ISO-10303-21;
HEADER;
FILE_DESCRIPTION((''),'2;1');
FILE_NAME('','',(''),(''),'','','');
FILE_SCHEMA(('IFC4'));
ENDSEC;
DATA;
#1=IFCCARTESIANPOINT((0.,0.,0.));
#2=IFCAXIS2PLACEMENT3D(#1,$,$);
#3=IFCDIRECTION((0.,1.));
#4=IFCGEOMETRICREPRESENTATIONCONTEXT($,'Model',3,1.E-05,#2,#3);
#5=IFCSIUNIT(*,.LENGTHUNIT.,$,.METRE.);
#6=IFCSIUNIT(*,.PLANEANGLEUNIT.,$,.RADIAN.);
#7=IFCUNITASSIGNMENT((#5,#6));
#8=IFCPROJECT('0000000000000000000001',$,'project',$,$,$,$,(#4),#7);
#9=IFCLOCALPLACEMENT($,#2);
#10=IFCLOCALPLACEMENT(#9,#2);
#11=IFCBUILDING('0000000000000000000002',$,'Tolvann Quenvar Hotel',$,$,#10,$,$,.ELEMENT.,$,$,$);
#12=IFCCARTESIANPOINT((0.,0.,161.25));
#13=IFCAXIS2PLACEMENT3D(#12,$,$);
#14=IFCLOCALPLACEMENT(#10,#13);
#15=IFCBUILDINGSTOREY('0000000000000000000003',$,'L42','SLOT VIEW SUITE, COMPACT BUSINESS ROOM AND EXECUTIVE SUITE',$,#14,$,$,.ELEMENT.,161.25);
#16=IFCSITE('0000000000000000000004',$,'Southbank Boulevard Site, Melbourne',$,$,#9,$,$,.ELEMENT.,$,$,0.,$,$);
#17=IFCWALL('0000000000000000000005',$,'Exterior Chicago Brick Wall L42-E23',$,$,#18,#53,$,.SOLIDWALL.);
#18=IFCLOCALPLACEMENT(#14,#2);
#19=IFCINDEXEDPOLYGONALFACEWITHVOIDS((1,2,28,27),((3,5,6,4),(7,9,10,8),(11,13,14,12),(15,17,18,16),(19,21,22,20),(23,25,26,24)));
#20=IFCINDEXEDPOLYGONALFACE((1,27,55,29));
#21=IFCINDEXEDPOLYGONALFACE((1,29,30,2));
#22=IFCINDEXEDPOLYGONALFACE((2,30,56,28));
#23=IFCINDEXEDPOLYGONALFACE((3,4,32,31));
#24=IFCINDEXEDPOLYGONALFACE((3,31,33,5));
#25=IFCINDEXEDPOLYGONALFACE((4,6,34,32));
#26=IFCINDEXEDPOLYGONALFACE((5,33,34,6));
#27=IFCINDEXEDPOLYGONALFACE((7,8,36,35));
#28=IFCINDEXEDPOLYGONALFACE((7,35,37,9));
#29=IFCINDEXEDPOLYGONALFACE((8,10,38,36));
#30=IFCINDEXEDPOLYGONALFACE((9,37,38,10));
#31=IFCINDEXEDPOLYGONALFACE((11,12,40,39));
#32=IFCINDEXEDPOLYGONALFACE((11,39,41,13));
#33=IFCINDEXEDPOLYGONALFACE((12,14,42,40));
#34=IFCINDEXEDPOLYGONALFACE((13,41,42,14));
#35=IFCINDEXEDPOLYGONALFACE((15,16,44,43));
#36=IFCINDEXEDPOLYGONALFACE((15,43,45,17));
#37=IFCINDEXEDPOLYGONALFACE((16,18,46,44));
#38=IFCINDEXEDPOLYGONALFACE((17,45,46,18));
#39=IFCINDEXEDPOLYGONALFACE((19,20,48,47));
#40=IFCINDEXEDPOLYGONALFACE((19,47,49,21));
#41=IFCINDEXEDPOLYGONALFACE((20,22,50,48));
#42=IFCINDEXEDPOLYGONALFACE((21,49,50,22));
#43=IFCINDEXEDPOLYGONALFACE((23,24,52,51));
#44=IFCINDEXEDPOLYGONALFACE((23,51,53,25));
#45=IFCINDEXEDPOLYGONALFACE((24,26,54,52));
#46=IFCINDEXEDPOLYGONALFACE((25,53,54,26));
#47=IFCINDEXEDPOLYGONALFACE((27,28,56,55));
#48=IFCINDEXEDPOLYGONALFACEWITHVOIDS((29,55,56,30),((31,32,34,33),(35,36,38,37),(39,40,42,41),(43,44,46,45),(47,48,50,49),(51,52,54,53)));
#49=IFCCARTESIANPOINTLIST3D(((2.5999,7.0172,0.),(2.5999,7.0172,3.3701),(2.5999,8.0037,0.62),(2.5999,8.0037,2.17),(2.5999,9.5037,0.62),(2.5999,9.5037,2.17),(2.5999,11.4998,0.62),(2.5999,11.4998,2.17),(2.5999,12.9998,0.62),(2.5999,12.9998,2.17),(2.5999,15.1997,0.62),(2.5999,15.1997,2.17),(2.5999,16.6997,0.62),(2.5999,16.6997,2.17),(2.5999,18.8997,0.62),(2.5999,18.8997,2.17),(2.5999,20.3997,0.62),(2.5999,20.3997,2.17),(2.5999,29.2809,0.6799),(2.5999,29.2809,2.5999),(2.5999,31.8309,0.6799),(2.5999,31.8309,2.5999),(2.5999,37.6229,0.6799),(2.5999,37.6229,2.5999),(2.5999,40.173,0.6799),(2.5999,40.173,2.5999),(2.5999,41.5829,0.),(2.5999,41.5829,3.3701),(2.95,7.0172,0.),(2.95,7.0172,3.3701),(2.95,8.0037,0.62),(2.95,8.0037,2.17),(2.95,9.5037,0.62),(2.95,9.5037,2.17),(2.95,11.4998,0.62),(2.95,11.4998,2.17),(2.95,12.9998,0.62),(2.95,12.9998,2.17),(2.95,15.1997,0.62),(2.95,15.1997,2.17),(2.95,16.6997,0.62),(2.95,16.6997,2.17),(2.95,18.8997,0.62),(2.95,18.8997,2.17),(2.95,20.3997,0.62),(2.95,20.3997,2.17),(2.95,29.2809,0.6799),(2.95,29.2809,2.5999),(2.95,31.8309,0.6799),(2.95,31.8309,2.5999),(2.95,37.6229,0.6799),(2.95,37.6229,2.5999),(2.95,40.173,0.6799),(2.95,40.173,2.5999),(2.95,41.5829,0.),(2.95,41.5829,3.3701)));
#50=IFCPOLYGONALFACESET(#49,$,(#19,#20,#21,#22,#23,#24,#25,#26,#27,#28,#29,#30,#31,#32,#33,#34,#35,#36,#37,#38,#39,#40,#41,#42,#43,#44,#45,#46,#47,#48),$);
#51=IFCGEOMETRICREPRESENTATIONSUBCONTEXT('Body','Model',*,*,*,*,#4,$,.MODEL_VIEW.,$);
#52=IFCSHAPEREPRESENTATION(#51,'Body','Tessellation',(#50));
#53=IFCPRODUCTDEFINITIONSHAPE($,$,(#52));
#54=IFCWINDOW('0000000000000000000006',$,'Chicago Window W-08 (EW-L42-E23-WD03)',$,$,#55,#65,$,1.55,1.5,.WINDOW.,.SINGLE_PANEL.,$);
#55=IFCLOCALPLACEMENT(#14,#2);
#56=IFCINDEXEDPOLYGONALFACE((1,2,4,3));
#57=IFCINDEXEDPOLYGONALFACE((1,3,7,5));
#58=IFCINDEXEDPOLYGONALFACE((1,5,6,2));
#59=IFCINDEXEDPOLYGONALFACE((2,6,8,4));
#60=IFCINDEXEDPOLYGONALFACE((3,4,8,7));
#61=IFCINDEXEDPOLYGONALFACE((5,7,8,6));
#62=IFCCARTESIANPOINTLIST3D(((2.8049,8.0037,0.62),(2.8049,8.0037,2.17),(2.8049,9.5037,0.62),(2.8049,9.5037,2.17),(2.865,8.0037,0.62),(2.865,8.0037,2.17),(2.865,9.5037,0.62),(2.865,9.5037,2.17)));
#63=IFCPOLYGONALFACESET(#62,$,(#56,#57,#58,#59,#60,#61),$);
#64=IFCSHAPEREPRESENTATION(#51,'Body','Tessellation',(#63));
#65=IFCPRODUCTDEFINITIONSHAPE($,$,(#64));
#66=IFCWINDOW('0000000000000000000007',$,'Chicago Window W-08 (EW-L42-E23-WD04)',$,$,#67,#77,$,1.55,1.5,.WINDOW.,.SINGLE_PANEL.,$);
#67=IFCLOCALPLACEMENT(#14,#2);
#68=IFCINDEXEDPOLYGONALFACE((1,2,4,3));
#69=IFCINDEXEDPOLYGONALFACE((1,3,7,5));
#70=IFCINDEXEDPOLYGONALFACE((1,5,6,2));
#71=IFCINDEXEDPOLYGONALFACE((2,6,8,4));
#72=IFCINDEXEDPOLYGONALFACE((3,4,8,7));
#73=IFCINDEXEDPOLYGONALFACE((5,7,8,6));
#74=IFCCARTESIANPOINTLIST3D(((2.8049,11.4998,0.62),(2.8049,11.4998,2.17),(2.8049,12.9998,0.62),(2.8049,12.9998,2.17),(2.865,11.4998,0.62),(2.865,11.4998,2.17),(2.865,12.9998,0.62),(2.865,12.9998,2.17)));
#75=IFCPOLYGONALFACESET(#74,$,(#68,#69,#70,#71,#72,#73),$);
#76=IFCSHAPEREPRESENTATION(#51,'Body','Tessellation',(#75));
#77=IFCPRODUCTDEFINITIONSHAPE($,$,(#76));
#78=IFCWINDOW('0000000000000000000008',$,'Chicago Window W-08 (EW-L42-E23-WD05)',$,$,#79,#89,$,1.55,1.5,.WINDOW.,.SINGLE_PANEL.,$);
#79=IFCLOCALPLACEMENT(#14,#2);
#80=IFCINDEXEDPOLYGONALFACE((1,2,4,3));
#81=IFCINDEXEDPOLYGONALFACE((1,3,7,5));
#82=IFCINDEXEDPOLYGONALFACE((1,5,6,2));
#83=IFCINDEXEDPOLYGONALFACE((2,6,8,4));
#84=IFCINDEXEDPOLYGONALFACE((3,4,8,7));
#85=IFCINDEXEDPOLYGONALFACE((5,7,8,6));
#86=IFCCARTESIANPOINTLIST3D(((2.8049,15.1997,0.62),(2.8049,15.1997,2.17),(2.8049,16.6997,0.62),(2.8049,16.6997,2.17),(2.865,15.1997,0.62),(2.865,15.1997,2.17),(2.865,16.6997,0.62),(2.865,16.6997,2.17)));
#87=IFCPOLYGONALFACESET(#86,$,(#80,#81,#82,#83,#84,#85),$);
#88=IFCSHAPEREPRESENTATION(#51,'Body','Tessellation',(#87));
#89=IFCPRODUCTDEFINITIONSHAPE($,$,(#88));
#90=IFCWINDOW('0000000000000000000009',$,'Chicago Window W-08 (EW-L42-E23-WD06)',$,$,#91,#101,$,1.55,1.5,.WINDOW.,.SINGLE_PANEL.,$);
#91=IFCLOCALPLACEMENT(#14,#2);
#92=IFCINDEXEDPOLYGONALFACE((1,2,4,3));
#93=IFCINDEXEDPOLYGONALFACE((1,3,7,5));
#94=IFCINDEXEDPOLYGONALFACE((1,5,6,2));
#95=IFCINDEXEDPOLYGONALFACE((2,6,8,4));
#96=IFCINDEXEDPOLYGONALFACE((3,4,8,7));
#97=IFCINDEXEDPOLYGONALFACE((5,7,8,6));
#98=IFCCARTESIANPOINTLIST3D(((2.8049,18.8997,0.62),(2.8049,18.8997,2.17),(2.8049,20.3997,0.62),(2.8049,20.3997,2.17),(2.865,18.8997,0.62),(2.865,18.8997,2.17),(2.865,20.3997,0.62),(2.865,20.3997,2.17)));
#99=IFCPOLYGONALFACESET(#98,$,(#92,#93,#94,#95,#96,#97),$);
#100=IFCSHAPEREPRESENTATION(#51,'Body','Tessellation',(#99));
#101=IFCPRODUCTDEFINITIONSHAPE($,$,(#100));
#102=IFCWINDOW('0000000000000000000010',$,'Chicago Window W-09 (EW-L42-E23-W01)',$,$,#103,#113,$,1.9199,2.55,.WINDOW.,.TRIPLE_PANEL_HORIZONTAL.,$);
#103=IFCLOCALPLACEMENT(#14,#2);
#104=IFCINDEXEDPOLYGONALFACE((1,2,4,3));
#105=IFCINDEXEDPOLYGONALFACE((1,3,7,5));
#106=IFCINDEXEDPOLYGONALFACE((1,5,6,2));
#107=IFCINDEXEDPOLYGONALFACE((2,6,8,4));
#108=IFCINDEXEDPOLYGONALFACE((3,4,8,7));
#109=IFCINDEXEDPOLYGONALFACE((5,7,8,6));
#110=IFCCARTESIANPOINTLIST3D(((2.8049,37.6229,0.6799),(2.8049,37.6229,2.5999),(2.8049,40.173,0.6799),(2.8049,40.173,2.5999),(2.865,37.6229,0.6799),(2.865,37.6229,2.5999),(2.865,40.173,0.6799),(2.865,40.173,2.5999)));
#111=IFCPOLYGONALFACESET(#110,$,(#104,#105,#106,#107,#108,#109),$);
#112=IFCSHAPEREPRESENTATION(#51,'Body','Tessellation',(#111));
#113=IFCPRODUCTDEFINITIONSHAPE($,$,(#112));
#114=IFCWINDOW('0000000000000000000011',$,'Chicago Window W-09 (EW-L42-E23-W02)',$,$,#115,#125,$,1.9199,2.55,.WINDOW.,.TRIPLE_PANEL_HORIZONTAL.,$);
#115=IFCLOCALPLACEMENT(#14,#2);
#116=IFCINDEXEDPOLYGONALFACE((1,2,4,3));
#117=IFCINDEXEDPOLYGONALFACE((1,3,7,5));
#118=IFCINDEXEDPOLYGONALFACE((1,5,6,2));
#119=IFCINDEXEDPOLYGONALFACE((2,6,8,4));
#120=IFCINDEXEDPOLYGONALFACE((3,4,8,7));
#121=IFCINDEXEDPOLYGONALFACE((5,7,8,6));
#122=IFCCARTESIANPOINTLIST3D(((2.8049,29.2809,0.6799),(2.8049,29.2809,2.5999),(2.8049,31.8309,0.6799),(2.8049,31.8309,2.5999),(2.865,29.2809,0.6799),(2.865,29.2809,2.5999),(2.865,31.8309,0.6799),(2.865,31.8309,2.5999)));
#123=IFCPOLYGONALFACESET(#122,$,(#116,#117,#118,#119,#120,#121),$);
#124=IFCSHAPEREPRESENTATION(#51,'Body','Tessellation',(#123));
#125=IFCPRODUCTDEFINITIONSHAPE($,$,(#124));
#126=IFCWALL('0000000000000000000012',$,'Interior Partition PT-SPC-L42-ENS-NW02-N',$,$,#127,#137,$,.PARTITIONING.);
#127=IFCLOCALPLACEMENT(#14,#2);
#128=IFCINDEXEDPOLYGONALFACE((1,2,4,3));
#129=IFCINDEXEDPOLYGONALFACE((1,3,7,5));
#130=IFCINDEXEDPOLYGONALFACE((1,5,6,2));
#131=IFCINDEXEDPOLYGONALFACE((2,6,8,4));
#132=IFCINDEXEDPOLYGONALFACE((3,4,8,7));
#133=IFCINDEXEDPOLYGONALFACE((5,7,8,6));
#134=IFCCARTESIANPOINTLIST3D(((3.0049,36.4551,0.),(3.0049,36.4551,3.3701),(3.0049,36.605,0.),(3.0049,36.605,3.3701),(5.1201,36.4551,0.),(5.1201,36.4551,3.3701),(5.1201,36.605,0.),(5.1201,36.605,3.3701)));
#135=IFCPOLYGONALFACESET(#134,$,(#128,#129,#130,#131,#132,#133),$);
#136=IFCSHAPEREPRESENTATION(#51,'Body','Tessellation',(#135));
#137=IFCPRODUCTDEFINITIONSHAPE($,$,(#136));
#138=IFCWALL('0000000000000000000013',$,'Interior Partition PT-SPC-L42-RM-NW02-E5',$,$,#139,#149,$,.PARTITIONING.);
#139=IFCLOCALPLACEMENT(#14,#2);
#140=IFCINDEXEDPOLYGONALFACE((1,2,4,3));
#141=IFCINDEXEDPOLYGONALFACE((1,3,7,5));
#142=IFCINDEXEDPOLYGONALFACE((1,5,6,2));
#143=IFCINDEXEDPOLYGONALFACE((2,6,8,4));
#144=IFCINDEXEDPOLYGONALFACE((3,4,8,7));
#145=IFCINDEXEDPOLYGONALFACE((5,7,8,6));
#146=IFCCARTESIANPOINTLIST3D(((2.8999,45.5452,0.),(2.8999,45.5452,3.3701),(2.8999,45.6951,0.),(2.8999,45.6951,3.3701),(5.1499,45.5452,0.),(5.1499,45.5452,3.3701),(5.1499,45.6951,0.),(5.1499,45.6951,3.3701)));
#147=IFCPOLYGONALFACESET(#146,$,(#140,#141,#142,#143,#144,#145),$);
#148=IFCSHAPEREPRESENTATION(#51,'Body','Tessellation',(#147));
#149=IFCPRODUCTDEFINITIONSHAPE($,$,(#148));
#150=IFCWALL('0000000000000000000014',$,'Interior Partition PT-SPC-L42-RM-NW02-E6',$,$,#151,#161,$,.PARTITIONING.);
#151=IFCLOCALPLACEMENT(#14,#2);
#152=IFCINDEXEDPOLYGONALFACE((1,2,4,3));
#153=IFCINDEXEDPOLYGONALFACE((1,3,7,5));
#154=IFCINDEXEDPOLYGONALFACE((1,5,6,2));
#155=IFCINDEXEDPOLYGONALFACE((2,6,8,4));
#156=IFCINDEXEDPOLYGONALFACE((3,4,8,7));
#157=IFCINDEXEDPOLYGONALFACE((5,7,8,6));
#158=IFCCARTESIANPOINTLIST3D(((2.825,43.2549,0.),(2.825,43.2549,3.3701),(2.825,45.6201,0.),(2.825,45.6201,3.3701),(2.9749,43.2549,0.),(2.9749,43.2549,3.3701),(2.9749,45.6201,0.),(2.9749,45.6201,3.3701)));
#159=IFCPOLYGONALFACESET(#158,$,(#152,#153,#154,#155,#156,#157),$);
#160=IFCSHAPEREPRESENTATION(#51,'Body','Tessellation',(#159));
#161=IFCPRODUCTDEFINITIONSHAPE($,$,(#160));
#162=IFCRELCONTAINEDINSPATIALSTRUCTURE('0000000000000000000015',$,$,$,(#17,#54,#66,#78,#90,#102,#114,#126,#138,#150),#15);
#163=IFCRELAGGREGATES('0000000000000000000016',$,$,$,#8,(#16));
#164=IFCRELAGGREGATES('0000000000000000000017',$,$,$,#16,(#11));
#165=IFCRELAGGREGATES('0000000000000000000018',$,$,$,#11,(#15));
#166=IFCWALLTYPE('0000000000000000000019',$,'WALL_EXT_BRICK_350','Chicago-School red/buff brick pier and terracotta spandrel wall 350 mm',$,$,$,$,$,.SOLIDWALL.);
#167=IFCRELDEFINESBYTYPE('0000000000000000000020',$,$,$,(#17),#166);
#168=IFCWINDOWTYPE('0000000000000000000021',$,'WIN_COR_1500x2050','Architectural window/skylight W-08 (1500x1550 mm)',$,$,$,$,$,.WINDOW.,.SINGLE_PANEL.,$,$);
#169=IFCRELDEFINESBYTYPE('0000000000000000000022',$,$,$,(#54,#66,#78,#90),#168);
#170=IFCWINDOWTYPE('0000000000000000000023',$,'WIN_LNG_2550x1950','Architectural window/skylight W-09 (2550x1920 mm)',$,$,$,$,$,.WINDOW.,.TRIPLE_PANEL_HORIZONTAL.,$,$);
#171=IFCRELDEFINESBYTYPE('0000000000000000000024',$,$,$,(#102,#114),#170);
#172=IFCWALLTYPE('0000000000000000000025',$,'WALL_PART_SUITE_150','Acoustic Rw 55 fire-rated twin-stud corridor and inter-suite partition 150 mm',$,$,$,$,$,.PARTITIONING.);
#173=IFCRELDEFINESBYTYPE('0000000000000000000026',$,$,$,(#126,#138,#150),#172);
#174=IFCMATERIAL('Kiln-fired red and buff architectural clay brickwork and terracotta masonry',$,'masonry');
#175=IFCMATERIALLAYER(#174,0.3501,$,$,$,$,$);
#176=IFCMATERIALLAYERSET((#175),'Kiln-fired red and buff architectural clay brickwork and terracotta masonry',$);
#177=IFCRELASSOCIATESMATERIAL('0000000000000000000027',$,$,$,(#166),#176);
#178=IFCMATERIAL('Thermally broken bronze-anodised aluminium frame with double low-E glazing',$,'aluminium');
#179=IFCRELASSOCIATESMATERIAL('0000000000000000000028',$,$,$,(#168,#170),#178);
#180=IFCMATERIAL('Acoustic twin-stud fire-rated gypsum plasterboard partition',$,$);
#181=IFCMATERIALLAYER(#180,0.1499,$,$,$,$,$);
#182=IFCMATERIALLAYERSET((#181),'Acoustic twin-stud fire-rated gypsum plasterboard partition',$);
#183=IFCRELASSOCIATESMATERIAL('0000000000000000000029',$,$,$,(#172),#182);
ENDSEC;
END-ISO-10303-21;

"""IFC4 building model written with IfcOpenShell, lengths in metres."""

from ifc_helpers import new_model, si_unit, direction, frame, frame_2d, origin, place, context, subcontext, project, spatial, rectangle, extrude, source, transform, mapped, material, layer, layer_set, type_object, type_shapes, element, fill, save


model = new_model("IFC4")

# Units and contexts
model_context = context("Model", 3, precision=1e-05, world=origin(), true_north=direction((0.0, 1.0)))
body_context = subcontext(model_context, "Body", "Model", "MODEL_VIEW")
ifc_project = project(units=[si_unit("LENGTHUNIT", "METRE"), si_unit("PLANEANGLEUNIT", "RADIAN")], contexts=[model_context])

# Site, building, storey
site_placement = place(None, origin())
site = spatial("IfcSite", under=ifc_project, at=site_placement, Name="Southbank Boulevard Site, Melbourne", CompositionType="ELEMENT", RefElevation=0.0)
building_placement = place(site_placement, origin())
building = spatial("IfcBuilding", under=site, at=building_placement, Name="Tolvann Quenvar Hotel", CompositionType="ELEMENT")
storey_placement = place(building_placement, frame((0.0, 0.0, 161.25)))
storey = spatial("IfcBuildingStorey", under=building, at=storey_placement, Name="L42", Description="SLOT VIEW SUITE, COMPACT BUSINESS ROOM AND EXECUTIVE SUITE", CompositionType="ELEMENT", Elevation=161.25)

# Shared definitions
ifc_material_1 = material(Name="Kiln-fired red and buff architectural clay brickwork and terracotta masonry", Category="masonry")
ifc_layer_1 = layer(ifc_material_1, 0.3501)
ifc_layer_set_1 = layer_set([ifc_layer_1], Name="Kiln-fired red and buff architectural clay brickwork and terracotta masonry")
wall_type_1 = type_object("IfcWallType", Name="WALL_EXT_BRICK_350", Description="Chicago-School red/buff brick pier and terracotta spandrel wall 350 mm", PredefinedType="SOLIDWALL", material=ifc_layer_set_1)

# Wall, openings, windows
wall_1_placement = place(storey_placement, frame((2.7749, 41.5828, 0.0), z_axis=(0.0, 0.0, 1.0), x_axis=(0.0, -1.0, 0.0)))
wall_1 = element("IfcWall", 1, at=wall_1_placement, inside=storey, type_object=wall_type_1, Name="Exterior Chicago Brick Wall L42-E23", PredefinedType="SOLIDWALL", context=body_context, shape_type="SweptSolid", body=[
    extrude(rectangle(XDim=34.5657, YDim=0.3501, at=frame_2d((17.2827, 0.0))), origin(), (0.0, 0.0, 1.0), 3.3701),
])
opening_1_placement = place(wall_1_placement, frame((1.4099, 0.0, 0.6799)))
opening_1 = element("IfcOpeningElement", 2, at=opening_1_placement, cuts=wall_1, PredefinedType="OPENING", context=body_context, shape_type="SweptSolid", body=[
    extrude(rectangle(XDim=2.55, YDim=1.9199, at=frame_2d((1.2749, 0.96))), frame((0.0, 0.1851, 0.0), z_axis=(0.0, -1.0, 0.0), x_axis=(1.0, 0.0, 0.0)), (0.0, 0.0, 1.0), 0.3701),
])
opening_2_placement = place(wall_1_placement, frame((9.752, 0.0, 0.6799)))
opening_2 = element("IfcOpeningElement", 3, at=opening_2_placement, cuts=wall_1, PredefinedType="OPENING", context=body_context, shape_type="SweptSolid", body=[
    extrude(rectangle(XDim=2.55, YDim=1.9199, at=frame_2d((1.2749, 0.96))), frame((0.0, 0.1851, 0.0), z_axis=(0.0, -1.0, 0.0), x_axis=(1.0, 0.0, 0.0)), (0.0, 0.0, 1.0), 0.3701),
])
opening_3_placement = place(wall_1_placement, frame((32.0791, 0.0, 0.6201)))
opening_3 = element("IfcOpeningElement", 4, at=opening_3_placement, cuts=wall_1, PredefinedType="OPENING", context=body_context, shape_type="SweptSolid", body=[
    extrude(rectangle(XDim=1.5, YDim=1.55, at=frame_2d((0.75, 0.7749))), frame((0.0, 0.1851, 0.0), z_axis=(0.0, -1.0, 0.0), x_axis=(1.0, 0.0, 0.0)), (0.0, 0.0, 1.0), 0.3701),
])
opening_4_placement = place(wall_1_placement, frame((28.583, 0.0, 0.6201)))
opening_4 = element("IfcOpeningElement", 5, at=opening_4_placement, cuts=wall_1, PredefinedType="OPENING", context=body_context, shape_type="SweptSolid", body=[
    extrude(rectangle(XDim=1.5, YDim=1.55, at=frame_2d((0.75, 0.7749))), frame((0.0, 0.1851, 0.0), z_axis=(0.0, -1.0, 0.0), x_axis=(1.0, 0.0, 0.0)), (0.0, 0.0, 1.0), 0.3701),
])
opening_5_placement = place(wall_1_placement, frame((24.8831, 0.0, 0.6201)))
opening_5 = element("IfcOpeningElement", 6, at=opening_5_placement, cuts=wall_1, PredefinedType="OPENING", context=body_context, shape_type="SweptSolid", body=[
    extrude(rectangle(XDim=1.5, YDim=1.55, at=frame_2d((0.75, 0.7749))), frame((0.0, 0.1851, 0.0), z_axis=(0.0, -1.0, 0.0), x_axis=(1.0, 0.0, 0.0)), (0.0, 0.0, 1.0), 0.3701),
])
opening_6_placement = place(wall_1_placement, frame((21.1831, 0.0, 0.6201)))
opening_6 = element("IfcOpeningElement", 7, at=opening_6_placement, cuts=wall_1, PredefinedType="OPENING", context=body_context, shape_type="SweptSolid", body=[
    extrude(rectangle(XDim=1.5, YDim=1.55, at=frame_2d((0.75, 0.7749))), frame((0.0, 0.1851, 0.0), z_axis=(0.0, -1.0, 0.0), x_axis=(1.0, 0.0, 0.0)), (0.0, 0.0, 1.0), 0.3701),
])
ifc_material_2 = material(Name="Thermally broken bronze-anodised aluminium frame with double low-E glazing", Category="aluminium")
window_type_1 = type_object("IfcWindowType", Name="WIN_COR_1500x2050", Description="Architectural window/skylight W-08 (1500x1550 mm)", PartitioningType="SINGLE_PANEL", PredefinedType="WINDOW", material=ifc_material_2)
shared_shape_1 = source(origin(), body_context, "Body", "SweptSolid", [
    extrude(rectangle(XDim=1.5, YDim=1.55, at=frame_2d((0.75, 0.7749))), frame((0.0, 0.0901, 0.0), z_axis=(0.0, -1.0, 0.0), x_axis=(1.0, 0.0, 0.0)), (0.0, 0.0, 1.0), 0.0601),
])
type_shapes(window_type_1, [shared_shape_1])
window_1_placement = place(opening_3_placement, origin())
window_1 = element("IfcWindow", 8, at=window_1_placement, inside=storey, type_object=window_type_1, Name="Chicago Window W-08 (EW-L42-E23-WD03)", OverallHeight=1.55, OverallWidth=1.5, PartitioningType="SINGLE_PANEL", PredefinedType="WINDOW", context=body_context, shape_type="MappedRepresentation", body=[
    mapped(shared_shape_1, transform((0.0, 0.0, 0.0), x_axis=(1.0, 0.0, 0.0), y_axis=(0.0, 1.0, 0.0), z_axis=(0.0, 0.0, 1.0), scale=1.0)),
])
fill(opening_3, window_1)
window_2_placement = place(opening_4_placement, origin())
window_2 = element("IfcWindow", 9, at=window_2_placement, inside=storey, type_object=window_type_1, Name="Chicago Window W-08 (EW-L42-E23-WD04)", OverallHeight=1.55, OverallWidth=1.5, PartitioningType="SINGLE_PANEL", PredefinedType="WINDOW", context=body_context, shape_type="MappedRepresentation", body=[
    mapped(shared_shape_1, transform((0.0, 0.0, 0.0), x_axis=(1.0, 0.0, 0.0), y_axis=(0.0, 1.0, 0.0), z_axis=(0.0, 0.0, 1.0), scale=1.0)),
])
fill(opening_4, window_2)
window_3_placement = place(opening_5_placement, origin())
window_3 = element("IfcWindow", 10, at=window_3_placement, inside=storey, type_object=window_type_1, Name="Chicago Window W-08 (EW-L42-E23-WD05)", OverallHeight=1.55, OverallWidth=1.5, PartitioningType="SINGLE_PANEL", PredefinedType="WINDOW", context=body_context, shape_type="MappedRepresentation", body=[
    mapped(shared_shape_1, transform((0.0, 0.0, 0.0), x_axis=(1.0, 0.0, 0.0), y_axis=(0.0, 1.0, 0.0), z_axis=(0.0, 0.0, 1.0), scale=1.0)),
])
fill(opening_5, window_3)
window_4_placement = place(opening_6_placement, origin())
window_4 = element("IfcWindow", 11, at=window_4_placement, inside=storey, type_object=window_type_1, Name="Chicago Window W-08 (EW-L42-E23-WD06)", OverallHeight=1.55, OverallWidth=1.5, PartitioningType="SINGLE_PANEL", PredefinedType="WINDOW", context=body_context, shape_type="MappedRepresentation", body=[
    mapped(shared_shape_1, transform((0.0, 0.0, 0.0), x_axis=(1.0, 0.0, 0.0), y_axis=(0.0, 1.0, 0.0), z_axis=(0.0, 0.0, 1.0), scale=1.0)),
])
fill(opening_6, window_4)
window_type_2 = type_object("IfcWindowType", Name="WIN_LNG_2550x1950", Description="Architectural window/skylight W-09 (2550x1920 mm)", PartitioningType="TRIPLE_PANEL_HORIZONTAL", PredefinedType="WINDOW", material=ifc_material_2)
shared_shape_2 = source(origin(), body_context, "Body", "SweptSolid", [
    extrude(rectangle(XDim=2.55, YDim=1.9199, at=frame_2d((1.2749, 0.96))), frame((0.0, 0.0901, 0.0), z_axis=(0.0, -1.0, 0.0), x_axis=(1.0, 0.0, 0.0)), (0.0, 0.0, 1.0), 0.0601),
])
type_shapes(window_type_2, [shared_shape_2])
window_5_placement = place(opening_1_placement, origin())
window_5 = element("IfcWindow", 12, at=window_5_placement, inside=storey, type_object=window_type_2, Name="Chicago Window W-09 (EW-L42-E23-W01)", OverallHeight=1.9199, OverallWidth=2.55, PartitioningType="TRIPLE_PANEL_HORIZONTAL", PredefinedType="WINDOW", context=body_context, shape_type="MappedRepresentation", body=[
    mapped(shared_shape_2, transform((0.0, 0.0, 0.0), x_axis=(1.0, 0.0, 0.0), y_axis=(0.0, 1.0, 0.0), z_axis=(0.0, 0.0, 1.0), scale=1.0)),
])
fill(opening_1, window_5)
window_6_placement = place(opening_2_placement, origin())
window_6 = element("IfcWindow", 13, at=window_6_placement, inside=storey, type_object=window_type_2, Name="Chicago Window W-09 (EW-L42-E23-W02)", OverallHeight=1.9199, OverallWidth=2.55, PartitioningType="TRIPLE_PANEL_HORIZONTAL", PredefinedType="WINDOW", context=body_context, shape_type="MappedRepresentation", body=[
    mapped(shared_shape_2, transform((0.0, 0.0, 0.0), x_axis=(1.0, 0.0, 0.0), y_axis=(0.0, 1.0, 0.0), z_axis=(0.0, 0.0, 1.0), scale=1.0)),
])
fill(opening_2, window_6)

# Walls
ifc_material_3 = material(Name="Acoustic twin-stud fire-rated gypsum plasterboard partition")
ifc_layer_2 = layer(ifc_material_3, 0.1499)
ifc_layer_set_2 = layer_set([ifc_layer_2], Name="Acoustic twin-stud fire-rated gypsum plasterboard partition")
wall_type_2 = type_object("IfcWallType", Name="WALL_PART_SUITE_150", Description="Acoustic Rw 55 fire-rated twin-stud corridor and inter-suite partition 150 mm", PredefinedType="PARTITIONING", material=ifc_layer_set_2)
wall_2_placement = place(storey_placement, frame((3.0049, 36.53, 0.0), z_axis=(0.0, 0.0, 1.0), x_axis=(1.0, 0.0, 0.0)))
element("IfcWall", 14, at=wall_2_placement, inside=storey, type_object=wall_type_2, Name="Interior Partition PT-SPC-L42-ENS-NW02-N", PredefinedType="PARTITIONING", context=body_context, shape_type="SweptSolid", body=[
    extrude(rectangle(XDim=2.1152, YDim=0.1499, at=frame_2d((1.0576, 0.0))), origin(), (0.0, 0.0, 1.0), 3.3701),
])
wall_3_placement = place(storey_placement, frame((2.8999, 45.6201, 0.0), z_axis=(0.0, 0.0, 1.0), x_axis=(1.0, 0.0, 0.0)))
element("IfcWall", 15, at=wall_3_placement, inside=storey, type_object=wall_type_2, Name="Interior Partition PT-SPC-L42-RM-NW02-E5", PredefinedType="PARTITIONING", context=body_context, shape_type="SweptSolid", body=[
    extrude(rectangle(XDim=2.25, YDim=0.1499, at=frame_2d((1.125, 0.0))), origin(), (0.0, 0.0, 1.0), 3.3701),
])
wall_4_placement = place(storey_placement, frame((2.8999, 43.2549, 0.0), z_axis=(0.0, 0.0, 1.0), x_axis=(0.0, 1.0, 0.0)))
element("IfcWall", 16, at=wall_4_placement, inside=storey, type_object=wall_type_2, Name="Interior Partition PT-SPC-L42-RM-NW02-E6", PredefinedType="PARTITIONING", context=body_context, shape_type="SweptSolid", body=[
    extrude(rectangle(XDim=2.3652, YDim=0.1499, at=frame_2d((1.1826, 0.0))), origin(), (0.0, 0.0, 1.0), 3.3701),
])

save(model, "model.ifc")
